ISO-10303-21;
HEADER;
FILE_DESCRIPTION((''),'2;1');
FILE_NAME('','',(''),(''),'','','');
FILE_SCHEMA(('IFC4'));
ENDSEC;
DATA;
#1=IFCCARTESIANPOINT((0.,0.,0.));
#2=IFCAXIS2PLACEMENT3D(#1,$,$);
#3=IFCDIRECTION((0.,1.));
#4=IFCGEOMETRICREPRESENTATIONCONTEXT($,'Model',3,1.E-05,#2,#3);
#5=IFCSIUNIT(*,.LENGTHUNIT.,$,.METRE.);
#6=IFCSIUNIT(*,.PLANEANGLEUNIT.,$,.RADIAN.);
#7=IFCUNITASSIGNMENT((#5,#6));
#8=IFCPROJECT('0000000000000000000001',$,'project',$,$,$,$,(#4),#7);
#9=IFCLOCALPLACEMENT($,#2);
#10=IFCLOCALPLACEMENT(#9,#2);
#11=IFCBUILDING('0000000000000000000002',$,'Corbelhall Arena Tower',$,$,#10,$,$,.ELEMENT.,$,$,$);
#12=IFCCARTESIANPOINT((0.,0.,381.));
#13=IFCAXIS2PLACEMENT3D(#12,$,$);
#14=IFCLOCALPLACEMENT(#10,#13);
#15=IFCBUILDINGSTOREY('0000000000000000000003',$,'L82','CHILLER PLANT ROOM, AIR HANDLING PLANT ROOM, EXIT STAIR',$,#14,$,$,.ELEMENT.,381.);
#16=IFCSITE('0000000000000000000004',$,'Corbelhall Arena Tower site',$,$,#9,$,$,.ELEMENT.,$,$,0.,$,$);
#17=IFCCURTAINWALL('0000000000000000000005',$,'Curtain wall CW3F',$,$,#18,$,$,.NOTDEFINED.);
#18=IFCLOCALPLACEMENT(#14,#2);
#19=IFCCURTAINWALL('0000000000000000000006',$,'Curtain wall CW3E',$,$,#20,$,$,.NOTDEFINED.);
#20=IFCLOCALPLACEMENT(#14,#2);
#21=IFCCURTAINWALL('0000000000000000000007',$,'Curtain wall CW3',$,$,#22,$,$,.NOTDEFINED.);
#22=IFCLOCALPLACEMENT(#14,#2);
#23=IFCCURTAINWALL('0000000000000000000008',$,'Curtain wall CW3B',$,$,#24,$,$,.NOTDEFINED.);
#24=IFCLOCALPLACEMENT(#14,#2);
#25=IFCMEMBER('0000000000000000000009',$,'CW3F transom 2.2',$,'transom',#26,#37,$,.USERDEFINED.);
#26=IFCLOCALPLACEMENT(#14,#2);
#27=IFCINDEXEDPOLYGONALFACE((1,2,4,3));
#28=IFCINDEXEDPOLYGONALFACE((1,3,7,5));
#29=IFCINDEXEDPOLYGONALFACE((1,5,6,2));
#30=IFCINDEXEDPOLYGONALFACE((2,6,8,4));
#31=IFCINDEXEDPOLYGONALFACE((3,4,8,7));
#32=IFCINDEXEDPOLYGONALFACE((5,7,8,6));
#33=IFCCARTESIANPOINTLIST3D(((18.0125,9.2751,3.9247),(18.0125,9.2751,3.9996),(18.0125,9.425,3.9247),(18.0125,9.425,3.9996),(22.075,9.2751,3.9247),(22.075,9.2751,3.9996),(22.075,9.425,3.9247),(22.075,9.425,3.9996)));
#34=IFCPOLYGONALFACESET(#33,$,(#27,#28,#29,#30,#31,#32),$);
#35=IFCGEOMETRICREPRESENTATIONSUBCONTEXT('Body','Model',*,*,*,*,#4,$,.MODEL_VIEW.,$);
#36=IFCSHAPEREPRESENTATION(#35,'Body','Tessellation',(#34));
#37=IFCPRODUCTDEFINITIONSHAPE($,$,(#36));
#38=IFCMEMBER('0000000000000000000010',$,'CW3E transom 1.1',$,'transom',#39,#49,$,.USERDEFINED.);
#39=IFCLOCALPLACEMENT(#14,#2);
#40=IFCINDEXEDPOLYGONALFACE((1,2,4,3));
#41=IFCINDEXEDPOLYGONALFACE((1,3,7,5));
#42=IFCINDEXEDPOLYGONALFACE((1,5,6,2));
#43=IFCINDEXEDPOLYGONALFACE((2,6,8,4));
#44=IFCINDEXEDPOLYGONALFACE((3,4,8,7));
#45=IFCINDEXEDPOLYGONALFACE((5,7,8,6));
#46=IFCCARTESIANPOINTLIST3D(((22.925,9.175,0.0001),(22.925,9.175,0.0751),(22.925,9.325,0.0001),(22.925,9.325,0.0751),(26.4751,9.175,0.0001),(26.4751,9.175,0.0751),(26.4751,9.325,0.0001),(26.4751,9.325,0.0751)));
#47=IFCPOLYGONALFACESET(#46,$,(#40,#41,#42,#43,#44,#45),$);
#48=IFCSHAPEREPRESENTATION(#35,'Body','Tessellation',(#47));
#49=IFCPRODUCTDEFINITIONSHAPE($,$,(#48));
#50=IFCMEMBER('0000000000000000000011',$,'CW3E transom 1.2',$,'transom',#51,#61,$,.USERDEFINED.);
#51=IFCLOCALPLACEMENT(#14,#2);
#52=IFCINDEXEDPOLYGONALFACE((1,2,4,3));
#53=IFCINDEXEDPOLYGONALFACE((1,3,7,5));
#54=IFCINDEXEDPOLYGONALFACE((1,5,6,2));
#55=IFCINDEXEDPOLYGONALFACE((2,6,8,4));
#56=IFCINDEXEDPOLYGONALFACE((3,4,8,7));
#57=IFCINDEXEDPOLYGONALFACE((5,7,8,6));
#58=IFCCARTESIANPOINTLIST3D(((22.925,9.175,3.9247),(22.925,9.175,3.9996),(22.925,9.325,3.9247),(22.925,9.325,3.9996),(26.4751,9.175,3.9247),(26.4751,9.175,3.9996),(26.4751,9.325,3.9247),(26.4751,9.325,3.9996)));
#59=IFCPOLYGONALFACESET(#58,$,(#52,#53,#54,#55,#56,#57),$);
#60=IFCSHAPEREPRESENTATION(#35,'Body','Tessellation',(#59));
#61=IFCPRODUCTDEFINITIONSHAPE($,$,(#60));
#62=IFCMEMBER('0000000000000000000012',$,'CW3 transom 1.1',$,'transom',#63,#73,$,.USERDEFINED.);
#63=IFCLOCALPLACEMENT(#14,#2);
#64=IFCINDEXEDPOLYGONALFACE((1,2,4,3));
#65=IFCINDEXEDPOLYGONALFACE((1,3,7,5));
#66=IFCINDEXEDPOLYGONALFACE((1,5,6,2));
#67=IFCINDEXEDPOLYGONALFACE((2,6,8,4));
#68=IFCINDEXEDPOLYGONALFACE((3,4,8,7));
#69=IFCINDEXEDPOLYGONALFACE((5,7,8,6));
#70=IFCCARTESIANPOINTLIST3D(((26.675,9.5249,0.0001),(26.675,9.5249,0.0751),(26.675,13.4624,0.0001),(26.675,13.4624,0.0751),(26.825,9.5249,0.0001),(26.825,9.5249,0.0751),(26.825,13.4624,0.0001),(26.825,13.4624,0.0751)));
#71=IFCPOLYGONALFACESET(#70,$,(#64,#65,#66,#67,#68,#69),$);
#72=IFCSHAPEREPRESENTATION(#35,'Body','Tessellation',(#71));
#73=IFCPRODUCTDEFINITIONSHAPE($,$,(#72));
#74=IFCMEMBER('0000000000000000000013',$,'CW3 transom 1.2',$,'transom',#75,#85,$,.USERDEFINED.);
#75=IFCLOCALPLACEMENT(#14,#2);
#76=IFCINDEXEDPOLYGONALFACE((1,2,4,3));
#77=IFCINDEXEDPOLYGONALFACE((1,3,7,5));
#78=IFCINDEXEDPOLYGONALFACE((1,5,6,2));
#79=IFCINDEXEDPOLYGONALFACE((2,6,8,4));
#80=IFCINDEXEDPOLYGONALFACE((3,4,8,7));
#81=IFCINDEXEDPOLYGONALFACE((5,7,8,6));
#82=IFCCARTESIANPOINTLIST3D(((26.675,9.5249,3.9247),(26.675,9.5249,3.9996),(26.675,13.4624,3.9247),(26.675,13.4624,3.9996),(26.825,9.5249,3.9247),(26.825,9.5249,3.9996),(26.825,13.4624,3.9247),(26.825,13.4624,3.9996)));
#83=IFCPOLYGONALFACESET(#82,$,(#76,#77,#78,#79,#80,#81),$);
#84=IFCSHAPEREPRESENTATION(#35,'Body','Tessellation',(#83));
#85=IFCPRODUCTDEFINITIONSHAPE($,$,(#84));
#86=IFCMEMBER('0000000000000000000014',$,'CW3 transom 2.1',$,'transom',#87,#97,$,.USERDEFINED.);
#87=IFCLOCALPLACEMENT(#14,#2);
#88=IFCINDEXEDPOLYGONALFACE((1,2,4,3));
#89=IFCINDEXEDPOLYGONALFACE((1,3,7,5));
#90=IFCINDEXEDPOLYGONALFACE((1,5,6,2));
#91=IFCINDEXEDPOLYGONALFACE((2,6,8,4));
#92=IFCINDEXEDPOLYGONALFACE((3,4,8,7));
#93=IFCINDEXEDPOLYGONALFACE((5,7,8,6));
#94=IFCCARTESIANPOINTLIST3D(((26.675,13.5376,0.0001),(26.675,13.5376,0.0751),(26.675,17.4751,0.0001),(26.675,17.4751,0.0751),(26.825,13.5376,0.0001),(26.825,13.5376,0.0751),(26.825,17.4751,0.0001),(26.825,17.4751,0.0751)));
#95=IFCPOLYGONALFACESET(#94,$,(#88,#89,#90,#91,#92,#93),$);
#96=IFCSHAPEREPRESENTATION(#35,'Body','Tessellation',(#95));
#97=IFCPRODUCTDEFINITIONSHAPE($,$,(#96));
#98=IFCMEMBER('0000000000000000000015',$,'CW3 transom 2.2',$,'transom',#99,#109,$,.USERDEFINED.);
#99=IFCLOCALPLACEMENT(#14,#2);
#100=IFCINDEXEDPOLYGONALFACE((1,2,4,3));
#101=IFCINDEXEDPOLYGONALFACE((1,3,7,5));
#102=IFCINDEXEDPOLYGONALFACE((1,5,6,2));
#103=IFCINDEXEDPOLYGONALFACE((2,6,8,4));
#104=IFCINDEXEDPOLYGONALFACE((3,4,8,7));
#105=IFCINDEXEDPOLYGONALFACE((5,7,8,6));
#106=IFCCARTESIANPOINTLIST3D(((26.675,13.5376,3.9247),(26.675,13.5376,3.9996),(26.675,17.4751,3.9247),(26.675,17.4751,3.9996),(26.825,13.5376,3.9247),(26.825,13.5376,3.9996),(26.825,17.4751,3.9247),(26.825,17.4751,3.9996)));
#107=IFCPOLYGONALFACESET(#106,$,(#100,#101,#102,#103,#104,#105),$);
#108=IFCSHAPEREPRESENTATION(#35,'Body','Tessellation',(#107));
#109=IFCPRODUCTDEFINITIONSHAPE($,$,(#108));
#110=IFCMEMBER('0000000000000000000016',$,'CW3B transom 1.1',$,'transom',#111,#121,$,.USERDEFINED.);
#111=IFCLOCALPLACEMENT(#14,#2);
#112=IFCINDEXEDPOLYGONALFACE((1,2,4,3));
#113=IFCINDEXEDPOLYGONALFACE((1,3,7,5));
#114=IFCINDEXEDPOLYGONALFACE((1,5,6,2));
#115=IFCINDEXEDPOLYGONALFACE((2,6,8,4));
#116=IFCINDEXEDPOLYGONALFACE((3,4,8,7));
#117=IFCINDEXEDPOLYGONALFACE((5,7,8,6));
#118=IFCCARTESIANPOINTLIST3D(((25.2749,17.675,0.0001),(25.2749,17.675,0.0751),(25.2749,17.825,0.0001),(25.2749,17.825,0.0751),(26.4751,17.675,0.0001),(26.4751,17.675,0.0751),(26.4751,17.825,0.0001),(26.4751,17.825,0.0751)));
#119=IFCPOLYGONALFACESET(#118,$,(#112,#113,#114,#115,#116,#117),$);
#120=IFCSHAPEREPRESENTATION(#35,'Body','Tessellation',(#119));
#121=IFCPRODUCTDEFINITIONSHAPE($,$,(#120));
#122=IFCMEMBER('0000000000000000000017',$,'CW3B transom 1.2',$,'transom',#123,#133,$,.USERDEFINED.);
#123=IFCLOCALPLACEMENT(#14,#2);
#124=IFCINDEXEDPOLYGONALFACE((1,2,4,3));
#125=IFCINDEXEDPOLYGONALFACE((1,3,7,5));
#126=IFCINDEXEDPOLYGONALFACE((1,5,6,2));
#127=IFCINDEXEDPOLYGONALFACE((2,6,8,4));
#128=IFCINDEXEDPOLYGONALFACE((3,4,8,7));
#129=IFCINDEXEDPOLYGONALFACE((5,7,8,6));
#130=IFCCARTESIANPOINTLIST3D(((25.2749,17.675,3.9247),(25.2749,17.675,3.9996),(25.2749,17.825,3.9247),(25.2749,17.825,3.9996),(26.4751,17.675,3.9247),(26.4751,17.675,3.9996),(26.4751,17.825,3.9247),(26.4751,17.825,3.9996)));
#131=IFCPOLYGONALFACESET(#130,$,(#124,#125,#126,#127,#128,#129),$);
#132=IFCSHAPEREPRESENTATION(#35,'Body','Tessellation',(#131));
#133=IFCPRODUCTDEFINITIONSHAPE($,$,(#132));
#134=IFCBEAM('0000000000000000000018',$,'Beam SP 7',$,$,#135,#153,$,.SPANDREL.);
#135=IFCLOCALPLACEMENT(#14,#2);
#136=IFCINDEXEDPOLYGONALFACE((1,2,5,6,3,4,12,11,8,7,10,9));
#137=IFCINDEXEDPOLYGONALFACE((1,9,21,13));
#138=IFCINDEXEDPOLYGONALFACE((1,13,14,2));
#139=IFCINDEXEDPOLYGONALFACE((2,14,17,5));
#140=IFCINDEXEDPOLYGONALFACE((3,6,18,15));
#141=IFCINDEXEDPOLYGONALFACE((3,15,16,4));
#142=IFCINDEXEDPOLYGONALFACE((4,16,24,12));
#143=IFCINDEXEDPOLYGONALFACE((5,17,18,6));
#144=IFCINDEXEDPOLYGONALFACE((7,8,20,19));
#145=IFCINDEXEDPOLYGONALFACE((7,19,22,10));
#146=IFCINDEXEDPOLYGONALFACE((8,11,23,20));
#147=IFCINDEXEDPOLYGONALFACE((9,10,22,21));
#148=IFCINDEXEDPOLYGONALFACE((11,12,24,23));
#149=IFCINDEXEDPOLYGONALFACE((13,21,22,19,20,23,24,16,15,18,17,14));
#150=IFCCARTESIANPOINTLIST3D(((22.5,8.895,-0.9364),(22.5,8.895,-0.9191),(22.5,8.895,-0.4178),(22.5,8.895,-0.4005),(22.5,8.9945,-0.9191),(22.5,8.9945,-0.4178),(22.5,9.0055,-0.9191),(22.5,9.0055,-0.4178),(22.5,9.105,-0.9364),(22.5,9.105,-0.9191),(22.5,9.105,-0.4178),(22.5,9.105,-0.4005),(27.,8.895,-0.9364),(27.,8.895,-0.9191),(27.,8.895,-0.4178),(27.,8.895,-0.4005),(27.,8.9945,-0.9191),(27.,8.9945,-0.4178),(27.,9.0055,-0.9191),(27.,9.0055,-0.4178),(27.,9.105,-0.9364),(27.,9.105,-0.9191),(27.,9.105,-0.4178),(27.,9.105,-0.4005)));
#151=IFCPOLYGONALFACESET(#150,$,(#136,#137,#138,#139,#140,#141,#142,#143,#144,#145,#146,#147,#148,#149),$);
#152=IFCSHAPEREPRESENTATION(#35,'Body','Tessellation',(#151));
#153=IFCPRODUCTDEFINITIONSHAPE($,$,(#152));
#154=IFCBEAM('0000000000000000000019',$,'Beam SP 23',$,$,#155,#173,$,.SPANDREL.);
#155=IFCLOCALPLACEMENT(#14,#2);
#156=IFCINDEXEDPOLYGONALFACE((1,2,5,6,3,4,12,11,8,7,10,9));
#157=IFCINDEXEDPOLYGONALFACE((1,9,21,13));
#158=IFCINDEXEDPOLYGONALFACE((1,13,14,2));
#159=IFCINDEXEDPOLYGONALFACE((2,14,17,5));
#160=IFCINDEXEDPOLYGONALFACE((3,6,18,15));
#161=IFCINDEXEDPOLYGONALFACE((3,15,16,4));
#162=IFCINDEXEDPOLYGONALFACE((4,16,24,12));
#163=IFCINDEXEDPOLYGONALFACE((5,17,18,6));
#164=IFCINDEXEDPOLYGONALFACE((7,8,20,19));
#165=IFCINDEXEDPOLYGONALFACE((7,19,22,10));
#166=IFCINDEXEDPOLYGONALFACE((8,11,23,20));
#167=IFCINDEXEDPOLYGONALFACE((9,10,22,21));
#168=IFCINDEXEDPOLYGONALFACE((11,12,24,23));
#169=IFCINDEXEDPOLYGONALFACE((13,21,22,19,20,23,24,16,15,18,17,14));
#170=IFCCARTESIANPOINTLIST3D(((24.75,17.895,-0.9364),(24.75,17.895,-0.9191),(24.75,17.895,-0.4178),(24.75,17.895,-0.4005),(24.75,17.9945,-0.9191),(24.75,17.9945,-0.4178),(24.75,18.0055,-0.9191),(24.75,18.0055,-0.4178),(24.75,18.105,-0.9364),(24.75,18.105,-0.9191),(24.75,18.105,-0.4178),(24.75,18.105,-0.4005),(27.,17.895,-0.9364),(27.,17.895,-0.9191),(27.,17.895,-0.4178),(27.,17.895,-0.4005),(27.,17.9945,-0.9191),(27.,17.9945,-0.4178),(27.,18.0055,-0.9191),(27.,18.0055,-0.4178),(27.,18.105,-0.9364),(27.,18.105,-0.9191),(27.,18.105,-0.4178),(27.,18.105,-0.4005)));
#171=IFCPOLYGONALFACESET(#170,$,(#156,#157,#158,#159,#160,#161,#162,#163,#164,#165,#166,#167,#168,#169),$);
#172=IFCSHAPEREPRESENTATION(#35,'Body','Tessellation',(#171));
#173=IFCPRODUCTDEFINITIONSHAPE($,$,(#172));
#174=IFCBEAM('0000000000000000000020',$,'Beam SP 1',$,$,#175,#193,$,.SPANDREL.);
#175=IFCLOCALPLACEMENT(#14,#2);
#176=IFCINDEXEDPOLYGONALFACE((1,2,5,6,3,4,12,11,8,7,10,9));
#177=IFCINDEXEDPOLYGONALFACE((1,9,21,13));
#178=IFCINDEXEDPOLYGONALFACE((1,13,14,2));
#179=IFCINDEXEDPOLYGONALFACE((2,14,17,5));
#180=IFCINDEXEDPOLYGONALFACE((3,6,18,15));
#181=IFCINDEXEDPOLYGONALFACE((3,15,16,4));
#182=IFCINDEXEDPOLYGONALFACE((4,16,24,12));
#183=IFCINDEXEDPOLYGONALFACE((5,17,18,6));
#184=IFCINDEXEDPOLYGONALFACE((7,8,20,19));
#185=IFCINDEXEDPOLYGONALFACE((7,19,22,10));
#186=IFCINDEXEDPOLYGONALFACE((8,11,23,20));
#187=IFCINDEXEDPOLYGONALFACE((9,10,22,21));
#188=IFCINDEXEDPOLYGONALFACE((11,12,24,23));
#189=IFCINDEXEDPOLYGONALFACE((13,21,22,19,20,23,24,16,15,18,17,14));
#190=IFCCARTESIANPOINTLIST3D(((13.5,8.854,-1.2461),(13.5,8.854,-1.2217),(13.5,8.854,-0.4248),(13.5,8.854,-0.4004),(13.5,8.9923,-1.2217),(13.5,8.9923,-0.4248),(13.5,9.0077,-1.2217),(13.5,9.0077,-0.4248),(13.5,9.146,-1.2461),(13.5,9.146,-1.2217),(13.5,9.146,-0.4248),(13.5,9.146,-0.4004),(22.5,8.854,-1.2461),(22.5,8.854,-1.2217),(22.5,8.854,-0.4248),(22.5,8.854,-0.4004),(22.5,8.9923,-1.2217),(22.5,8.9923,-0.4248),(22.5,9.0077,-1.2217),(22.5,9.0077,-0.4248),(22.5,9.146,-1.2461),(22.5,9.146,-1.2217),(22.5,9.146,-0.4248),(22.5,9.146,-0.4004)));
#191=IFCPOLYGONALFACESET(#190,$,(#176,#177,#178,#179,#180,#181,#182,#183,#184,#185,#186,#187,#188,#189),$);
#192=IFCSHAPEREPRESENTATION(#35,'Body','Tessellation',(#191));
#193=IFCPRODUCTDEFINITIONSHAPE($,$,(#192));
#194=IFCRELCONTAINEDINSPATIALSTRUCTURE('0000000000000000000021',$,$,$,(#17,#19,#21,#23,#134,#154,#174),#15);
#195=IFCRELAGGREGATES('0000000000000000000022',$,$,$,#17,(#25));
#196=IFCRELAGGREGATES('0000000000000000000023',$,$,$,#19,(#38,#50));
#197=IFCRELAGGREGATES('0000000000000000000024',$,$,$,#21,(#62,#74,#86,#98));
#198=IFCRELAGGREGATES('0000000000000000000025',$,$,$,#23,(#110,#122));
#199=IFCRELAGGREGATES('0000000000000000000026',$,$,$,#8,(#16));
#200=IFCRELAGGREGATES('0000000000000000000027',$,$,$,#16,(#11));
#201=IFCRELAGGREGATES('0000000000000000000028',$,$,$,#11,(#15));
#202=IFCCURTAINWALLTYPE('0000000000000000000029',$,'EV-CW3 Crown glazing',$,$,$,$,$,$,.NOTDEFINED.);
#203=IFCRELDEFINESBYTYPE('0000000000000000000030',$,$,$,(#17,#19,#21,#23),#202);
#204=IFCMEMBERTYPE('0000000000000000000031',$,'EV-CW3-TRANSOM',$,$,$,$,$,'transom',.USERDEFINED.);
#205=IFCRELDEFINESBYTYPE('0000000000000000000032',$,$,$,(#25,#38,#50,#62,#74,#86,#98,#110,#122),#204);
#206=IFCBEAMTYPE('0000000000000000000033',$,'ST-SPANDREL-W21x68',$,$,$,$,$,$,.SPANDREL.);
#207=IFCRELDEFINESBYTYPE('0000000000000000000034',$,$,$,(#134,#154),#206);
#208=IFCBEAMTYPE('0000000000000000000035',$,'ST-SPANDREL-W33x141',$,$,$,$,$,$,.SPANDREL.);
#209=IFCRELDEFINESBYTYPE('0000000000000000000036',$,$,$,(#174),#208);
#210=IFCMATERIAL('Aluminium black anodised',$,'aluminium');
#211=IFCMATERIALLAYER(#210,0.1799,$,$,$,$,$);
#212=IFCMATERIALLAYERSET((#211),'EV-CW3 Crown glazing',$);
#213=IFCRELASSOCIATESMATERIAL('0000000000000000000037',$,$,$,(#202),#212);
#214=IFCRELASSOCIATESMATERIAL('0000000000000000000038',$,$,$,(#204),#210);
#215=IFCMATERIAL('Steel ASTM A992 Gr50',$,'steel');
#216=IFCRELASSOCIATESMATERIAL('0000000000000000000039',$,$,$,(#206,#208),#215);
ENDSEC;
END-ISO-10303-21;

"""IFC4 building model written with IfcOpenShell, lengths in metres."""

from ifc_helpers import new_model, si_unit, direction, frame, origin, origin_2d, place, context, subcontext, project, spatial, rectangle, i_section, extrude, material, layer, layer_set, material_profile, profile_set, type_object, element, aggregate, save


model = new_model("IFC4")

# Units and contexts
model_context = context("Model", 3, precision=1e-05, world=origin(), true_north=direction((0.0, 1.0)))
body_context = subcontext(model_context, "Body", "Model", "MODEL_VIEW")
ifc_project = project(units=[si_unit("LENGTHUNIT", "METRE"), si_unit("PLANEANGLEUNIT", "RADIAN")], contexts=[model_context])

# Site, building, storey
site_placement = place(None, origin())
site = spatial("IfcSite", under=ifc_project, at=site_placement, Name="Corbelhall Arena Tower site", CompositionType="ELEMENT", RefElevation=0.0)
building_placement = place(site_placement, origin())
building = spatial("IfcBuilding", under=site, at=building_placement, Name="Corbelhall Arena Tower", CompositionType="ELEMENT")
storey_placement = place(building_placement, frame((0.0, 0.0, 381.0)))
storey = spatial("IfcBuildingStorey", under=building, at=storey_placement, Name="L82", Description="CHILLER PLANT ROOM, AIR HANDLING PLANT ROOM, EXIT STAIR", CompositionType="ELEMENT", Elevation=381.0)

# Curtain walls
ifc_material_1 = material(Name="Aluminium black anodised", Category="aluminium")
ifc_layer_1 = layer(ifc_material_1, 0.1799)
ifc_layer_set_1 = layer_set([ifc_layer_1], Name="EV-CW3 Crown glazing")
curtain_wall_type = type_object("IfcCurtainWallType", Name="EV-CW3 Crown glazing", PredefinedType="NOTDEFINED", material=ifc_layer_set_1)
curtain_wall_1_placement = place(storey_placement, origin())
curtain_wall_1 = element("IfcCurtainWall", 1, at=curtain_wall_1_placement, inside=storey, type_object=curtain_wall_type, Name="Curtain wall CW3F", PredefinedType="NOTDEFINED")
curtain_wall_2_placement = place(storey_placement, origin())
curtain_wall_2 = element("IfcCurtainWall", 2, at=curtain_wall_2_placement, inside=storey, type_object=curtain_wall_type, Name="Curtain wall CW3E", PredefinedType="NOTDEFINED")
curtain_wall_3_placement = place(storey_placement, origin())
curtain_wall_3 = element("IfcCurtainWall", 3, at=curtain_wall_3_placement, inside=storey, type_object=curtain_wall_type, Name="Curtain wall CW3", PredefinedType="NOTDEFINED")
curtain_wall_4_placement = place(storey_placement, origin())
curtain_wall_4 = element("IfcCurtainWall", 4, at=curtain_wall_4_placement, inside=storey, type_object=curtain_wall_type, Name="Curtain wall CW3B", PredefinedType="NOTDEFINED")

# Members
ifc_material_profile_1 = material_profile(ifc_material_1, rectangle(XDim=0.1499, YDim=0.075, at=origin_2d()))
ifc_profile_set_1 = profile_set([ifc_material_profile_1], Name="Aluminium black anodised")
member_type_1 = type_object("IfcMemberType", Name="EV-CW3-TRANSOM", ElementType="transom", PredefinedType="USERDEFINED", material=ifc_profile_set_1)
member_1_placement = place(storey_placement, frame((18.0125, 9.3501, 3.9622), z_axis=(1.0, 0.0, 0.0), x_axis=(0.0, 1.0, 0.0)))
member_1 = element("IfcMember", 5, at=member_1_placement, type_object=member_type_1, Name="CW3F transom 2.2", ObjectType="transom", PredefinedType="USERDEFINED", context=body_context, shape_type="SweptSolid", body=[
    extrude(rectangle(XDim=0.1499, YDim=0.075, at=origin_2d()), origin(), (0.0, 0.0, 1.0), 4.0625),
])
member_2_placement = place(storey_placement, frame((22.925, 9.25, 0.0376), z_axis=(1.0, 0.0, 0.0), x_axis=(0.0, 1.0, 0.0)))
member_2 = element("IfcMember", 6, at=member_2_placement, type_object=member_type_1, Name="CW3E transom 1.1", ObjectType="transom", PredefinedType="USERDEFINED", context=body_context, shape_type="SweptSolid", body=[
    extrude(rectangle(XDim=0.1499, YDim=0.075, at=origin_2d()), origin(), (0.0, 0.0, 1.0), 3.55),
])
member_3_placement = place(storey_placement, frame((22.925, 9.25, 3.9622), z_axis=(1.0, 0.0, 0.0), x_axis=(0.0, 1.0, 0.0)))
member_3 = element("IfcMember", 7, at=member_3_placement, type_object=member_type_1, Name="CW3E transom 1.2", ObjectType="transom", PredefinedType="USERDEFINED", context=body_context, shape_type="SweptSolid", body=[
    extrude(rectangle(XDim=0.1499, YDim=0.075, at=origin_2d()), origin(), (0.0, 0.0, 1.0), 3.55),
])
member_4_placement = place(storey_placement, frame((26.75, 9.5249, 0.0376), z_axis=(0.0, 1.0, 0.0), x_axis=(-1.0, 0.0, 0.0)))
member_4 = element("IfcMember", 8, at=member_4_placement, type_object=member_type_1, Name="CW3 transom 1.1", ObjectType="transom", PredefinedType="USERDEFINED", context=body_context, shape_type="SweptSolid", body=[
    extrude(rectangle(XDim=0.1499, YDim=0.075, at=origin_2d()), origin(), (0.0, 0.0, 1.0), 3.9375),
])
member_5_placement = place(storey_placement, frame((26.75, 9.5249, 3.9622), z_axis=(0.0, 1.0, 0.0), x_axis=(-1.0, 0.0, 0.0)))
member_5 = element("IfcMember", 9, at=member_5_placement, type_object=member_type_1, Name="CW3 transom 1.2", ObjectType="transom", PredefinedType="USERDEFINED", context=body_context, shape_type="SweptSolid", body=[
    extrude(rectangle(XDim=0.1499, YDim=0.075, at=origin_2d()), origin(), (0.0, 0.0, 1.0), 3.9375),
])
member_6_placement = place(storey_placement, frame((26.75, 13.5376, 0.0376), z_axis=(0.0, 1.0, 0.0), x_axis=(-1.0, 0.0, 0.0)))
member_6 = element("IfcMember", 10, at=member_6_placement, type_object=member_type_1, Name="CW3 transom 2.1", ObjectType="transom", PredefinedType="USERDEFINED", context=body_context, shape_type="SweptSolid", body=[
    extrude(rectangle(XDim=0.1499, YDim=0.075, at=origin_2d()), origin(), (0.0, 0.0, 1.0), 3.9375),
])
member_7_placement = place(storey_placement, frame((26.75, 13.5376, 3.9622), z_axis=(0.0, 1.0, 0.0), x_axis=(-1.0, 0.0, 0.0)))
member_7 = element("IfcMember", 11, at=member_7_placement, type_object=member_type_1, Name="CW3 transom 2.2", ObjectType="transom", PredefinedType="USERDEFINED", context=body_context, shape_type="SweptSolid", body=[
    extrude(rectangle(XDim=0.1499, YDim=0.075, at=origin_2d()), origin(), (0.0, 0.0, 1.0), 3.9375),
])
member_8_placement = place(storey_placement, frame((26.4751, 17.75, 0.0376), z_axis=(-1.0, 0.0, 0.0), x_axis=(0.0, -1.0, 0.0)))
member_8 = element("IfcMember", 12, at=member_8_placement, type_object=member_type_1, Name="CW3B transom 1.1", ObjectType="transom", PredefinedType="USERDEFINED", context=body_context, shape_type="SweptSolid", body=[
    extrude(rectangle(XDim=0.1499, YDim=0.075, at=origin_2d()), origin(), (0.0, 0.0, 1.0), 1.2002),
])
member_9_placement = place(storey_placement, frame((26.4751, 17.75, 3.9622), z_axis=(-1.0, 0.0, 0.0), x_axis=(0.0, -1.0, 0.0)))
member_9 = element("IfcMember", 13, at=member_9_placement, type_object=member_type_1, Name="CW3B transom 1.2", ObjectType="transom", PredefinedType="USERDEFINED", context=body_context, shape_type="SweptSolid", body=[
    extrude(rectangle(XDim=0.1499, YDim=0.075, at=origin_2d()), origin(), (0.0, 0.0, 1.0), 1.2002),
])

# Beams
ifc_material_2 = material(Name="Steel ASTM A992 Gr50", Category="steel")
ifc_material_profile_2 = material_profile(ifc_material_2, i_section(OverallWidth=0.21, OverallDepth=0.5359, WebThickness=0.011, FlangeThickness=0.0173, at=origin_2d()))
ifc_profile_set_2 = profile_set([ifc_material_profile_2], Name="Steel ASTM A992 Gr50")
beam_type_1 = type_object("IfcBeamType", Name="ST-SPANDREL-W21x68", PredefinedType="SPANDREL", material=ifc_profile_set_2)
beam_1_placement = place(storey_placement, frame((27.0, 9.0, -0.6685), z_axis=(-1.0, 0.0, 0.0), x_axis=(0.0, -1.0, 0.0)))
element("IfcBeam", 14, at=beam_1_placement, inside=storey, type_object=beam_type_1, Name="Beam SP 7", PredefinedType="SPANDREL", context=body_context, shape_type="SweptSolid", body=[
    extrude(i_section(OverallWidth=0.21, OverallDepth=0.5359, WebThickness=0.011, FlangeThickness=0.0173, at=origin_2d()), origin(), (0.0, 0.0, 1.0), 4.5),
])
beam_2_placement = place(storey_placement, frame((24.75, 18.0, -0.6685), z_axis=(1.0, 0.0, 0.0), x_axis=(0.0, 1.0, 0.0)))
element("IfcBeam", 15, at=beam_2_placement, inside=storey, type_object=beam_type_1, Name="Beam SP 23", PredefinedType="SPANDREL", context=body_context, shape_type="SweptSolid", body=[
    extrude(i_section(OverallWidth=0.21, OverallDepth=0.5359, WebThickness=0.011, FlangeThickness=0.0173, at=origin_2d()), origin(), (0.0, 0.0, 1.0), 2.25),
])
ifc_material_profile_3 = material_profile(ifc_material_2, i_section(OverallWidth=0.292, OverallDepth=0.8457, WebThickness=0.0154, FlangeThickness=0.0244, at=origin_2d()))
ifc_profile_set_3 = profile_set([ifc_material_profile_3], Name="Steel ASTM A992 Gr50")
beam_type_2 = type_object("IfcBeamType", Name="ST-SPANDREL-W33x141", PredefinedType="SPANDREL", material=ifc_profile_set_3)
beam_3_placement = place(storey_placement, frame((22.5, 9.0, -0.8232), z_axis=(-1.0, 0.0, 0.0), x_axis=(0.0, -1.0, 0.0)))
element("IfcBeam", 16, at=beam_3_placement, inside=storey, type_object=beam_type_2, Name="Beam SP 1", PredefinedType="SPANDREL", context=body_context, shape_type="SweptSolid", body=[
    extrude(i_section(OverallWidth=0.292, OverallDepth=0.8457, WebThickness=0.0154, FlangeThickness=0.0244, at=origin_2d()), origin(), (0.0, 0.0, 1.0), 9.0),
])

aggregate(curtain_wall_1, [member_1])
aggregate(curtain_wall_2, [member_2, member_3])
aggregate(curtain_wall_3, [member_4, member_5, member_6, member_7])
aggregate(curtain_wall_4, [member_8, member_9])

save(model, "model.ifc")
